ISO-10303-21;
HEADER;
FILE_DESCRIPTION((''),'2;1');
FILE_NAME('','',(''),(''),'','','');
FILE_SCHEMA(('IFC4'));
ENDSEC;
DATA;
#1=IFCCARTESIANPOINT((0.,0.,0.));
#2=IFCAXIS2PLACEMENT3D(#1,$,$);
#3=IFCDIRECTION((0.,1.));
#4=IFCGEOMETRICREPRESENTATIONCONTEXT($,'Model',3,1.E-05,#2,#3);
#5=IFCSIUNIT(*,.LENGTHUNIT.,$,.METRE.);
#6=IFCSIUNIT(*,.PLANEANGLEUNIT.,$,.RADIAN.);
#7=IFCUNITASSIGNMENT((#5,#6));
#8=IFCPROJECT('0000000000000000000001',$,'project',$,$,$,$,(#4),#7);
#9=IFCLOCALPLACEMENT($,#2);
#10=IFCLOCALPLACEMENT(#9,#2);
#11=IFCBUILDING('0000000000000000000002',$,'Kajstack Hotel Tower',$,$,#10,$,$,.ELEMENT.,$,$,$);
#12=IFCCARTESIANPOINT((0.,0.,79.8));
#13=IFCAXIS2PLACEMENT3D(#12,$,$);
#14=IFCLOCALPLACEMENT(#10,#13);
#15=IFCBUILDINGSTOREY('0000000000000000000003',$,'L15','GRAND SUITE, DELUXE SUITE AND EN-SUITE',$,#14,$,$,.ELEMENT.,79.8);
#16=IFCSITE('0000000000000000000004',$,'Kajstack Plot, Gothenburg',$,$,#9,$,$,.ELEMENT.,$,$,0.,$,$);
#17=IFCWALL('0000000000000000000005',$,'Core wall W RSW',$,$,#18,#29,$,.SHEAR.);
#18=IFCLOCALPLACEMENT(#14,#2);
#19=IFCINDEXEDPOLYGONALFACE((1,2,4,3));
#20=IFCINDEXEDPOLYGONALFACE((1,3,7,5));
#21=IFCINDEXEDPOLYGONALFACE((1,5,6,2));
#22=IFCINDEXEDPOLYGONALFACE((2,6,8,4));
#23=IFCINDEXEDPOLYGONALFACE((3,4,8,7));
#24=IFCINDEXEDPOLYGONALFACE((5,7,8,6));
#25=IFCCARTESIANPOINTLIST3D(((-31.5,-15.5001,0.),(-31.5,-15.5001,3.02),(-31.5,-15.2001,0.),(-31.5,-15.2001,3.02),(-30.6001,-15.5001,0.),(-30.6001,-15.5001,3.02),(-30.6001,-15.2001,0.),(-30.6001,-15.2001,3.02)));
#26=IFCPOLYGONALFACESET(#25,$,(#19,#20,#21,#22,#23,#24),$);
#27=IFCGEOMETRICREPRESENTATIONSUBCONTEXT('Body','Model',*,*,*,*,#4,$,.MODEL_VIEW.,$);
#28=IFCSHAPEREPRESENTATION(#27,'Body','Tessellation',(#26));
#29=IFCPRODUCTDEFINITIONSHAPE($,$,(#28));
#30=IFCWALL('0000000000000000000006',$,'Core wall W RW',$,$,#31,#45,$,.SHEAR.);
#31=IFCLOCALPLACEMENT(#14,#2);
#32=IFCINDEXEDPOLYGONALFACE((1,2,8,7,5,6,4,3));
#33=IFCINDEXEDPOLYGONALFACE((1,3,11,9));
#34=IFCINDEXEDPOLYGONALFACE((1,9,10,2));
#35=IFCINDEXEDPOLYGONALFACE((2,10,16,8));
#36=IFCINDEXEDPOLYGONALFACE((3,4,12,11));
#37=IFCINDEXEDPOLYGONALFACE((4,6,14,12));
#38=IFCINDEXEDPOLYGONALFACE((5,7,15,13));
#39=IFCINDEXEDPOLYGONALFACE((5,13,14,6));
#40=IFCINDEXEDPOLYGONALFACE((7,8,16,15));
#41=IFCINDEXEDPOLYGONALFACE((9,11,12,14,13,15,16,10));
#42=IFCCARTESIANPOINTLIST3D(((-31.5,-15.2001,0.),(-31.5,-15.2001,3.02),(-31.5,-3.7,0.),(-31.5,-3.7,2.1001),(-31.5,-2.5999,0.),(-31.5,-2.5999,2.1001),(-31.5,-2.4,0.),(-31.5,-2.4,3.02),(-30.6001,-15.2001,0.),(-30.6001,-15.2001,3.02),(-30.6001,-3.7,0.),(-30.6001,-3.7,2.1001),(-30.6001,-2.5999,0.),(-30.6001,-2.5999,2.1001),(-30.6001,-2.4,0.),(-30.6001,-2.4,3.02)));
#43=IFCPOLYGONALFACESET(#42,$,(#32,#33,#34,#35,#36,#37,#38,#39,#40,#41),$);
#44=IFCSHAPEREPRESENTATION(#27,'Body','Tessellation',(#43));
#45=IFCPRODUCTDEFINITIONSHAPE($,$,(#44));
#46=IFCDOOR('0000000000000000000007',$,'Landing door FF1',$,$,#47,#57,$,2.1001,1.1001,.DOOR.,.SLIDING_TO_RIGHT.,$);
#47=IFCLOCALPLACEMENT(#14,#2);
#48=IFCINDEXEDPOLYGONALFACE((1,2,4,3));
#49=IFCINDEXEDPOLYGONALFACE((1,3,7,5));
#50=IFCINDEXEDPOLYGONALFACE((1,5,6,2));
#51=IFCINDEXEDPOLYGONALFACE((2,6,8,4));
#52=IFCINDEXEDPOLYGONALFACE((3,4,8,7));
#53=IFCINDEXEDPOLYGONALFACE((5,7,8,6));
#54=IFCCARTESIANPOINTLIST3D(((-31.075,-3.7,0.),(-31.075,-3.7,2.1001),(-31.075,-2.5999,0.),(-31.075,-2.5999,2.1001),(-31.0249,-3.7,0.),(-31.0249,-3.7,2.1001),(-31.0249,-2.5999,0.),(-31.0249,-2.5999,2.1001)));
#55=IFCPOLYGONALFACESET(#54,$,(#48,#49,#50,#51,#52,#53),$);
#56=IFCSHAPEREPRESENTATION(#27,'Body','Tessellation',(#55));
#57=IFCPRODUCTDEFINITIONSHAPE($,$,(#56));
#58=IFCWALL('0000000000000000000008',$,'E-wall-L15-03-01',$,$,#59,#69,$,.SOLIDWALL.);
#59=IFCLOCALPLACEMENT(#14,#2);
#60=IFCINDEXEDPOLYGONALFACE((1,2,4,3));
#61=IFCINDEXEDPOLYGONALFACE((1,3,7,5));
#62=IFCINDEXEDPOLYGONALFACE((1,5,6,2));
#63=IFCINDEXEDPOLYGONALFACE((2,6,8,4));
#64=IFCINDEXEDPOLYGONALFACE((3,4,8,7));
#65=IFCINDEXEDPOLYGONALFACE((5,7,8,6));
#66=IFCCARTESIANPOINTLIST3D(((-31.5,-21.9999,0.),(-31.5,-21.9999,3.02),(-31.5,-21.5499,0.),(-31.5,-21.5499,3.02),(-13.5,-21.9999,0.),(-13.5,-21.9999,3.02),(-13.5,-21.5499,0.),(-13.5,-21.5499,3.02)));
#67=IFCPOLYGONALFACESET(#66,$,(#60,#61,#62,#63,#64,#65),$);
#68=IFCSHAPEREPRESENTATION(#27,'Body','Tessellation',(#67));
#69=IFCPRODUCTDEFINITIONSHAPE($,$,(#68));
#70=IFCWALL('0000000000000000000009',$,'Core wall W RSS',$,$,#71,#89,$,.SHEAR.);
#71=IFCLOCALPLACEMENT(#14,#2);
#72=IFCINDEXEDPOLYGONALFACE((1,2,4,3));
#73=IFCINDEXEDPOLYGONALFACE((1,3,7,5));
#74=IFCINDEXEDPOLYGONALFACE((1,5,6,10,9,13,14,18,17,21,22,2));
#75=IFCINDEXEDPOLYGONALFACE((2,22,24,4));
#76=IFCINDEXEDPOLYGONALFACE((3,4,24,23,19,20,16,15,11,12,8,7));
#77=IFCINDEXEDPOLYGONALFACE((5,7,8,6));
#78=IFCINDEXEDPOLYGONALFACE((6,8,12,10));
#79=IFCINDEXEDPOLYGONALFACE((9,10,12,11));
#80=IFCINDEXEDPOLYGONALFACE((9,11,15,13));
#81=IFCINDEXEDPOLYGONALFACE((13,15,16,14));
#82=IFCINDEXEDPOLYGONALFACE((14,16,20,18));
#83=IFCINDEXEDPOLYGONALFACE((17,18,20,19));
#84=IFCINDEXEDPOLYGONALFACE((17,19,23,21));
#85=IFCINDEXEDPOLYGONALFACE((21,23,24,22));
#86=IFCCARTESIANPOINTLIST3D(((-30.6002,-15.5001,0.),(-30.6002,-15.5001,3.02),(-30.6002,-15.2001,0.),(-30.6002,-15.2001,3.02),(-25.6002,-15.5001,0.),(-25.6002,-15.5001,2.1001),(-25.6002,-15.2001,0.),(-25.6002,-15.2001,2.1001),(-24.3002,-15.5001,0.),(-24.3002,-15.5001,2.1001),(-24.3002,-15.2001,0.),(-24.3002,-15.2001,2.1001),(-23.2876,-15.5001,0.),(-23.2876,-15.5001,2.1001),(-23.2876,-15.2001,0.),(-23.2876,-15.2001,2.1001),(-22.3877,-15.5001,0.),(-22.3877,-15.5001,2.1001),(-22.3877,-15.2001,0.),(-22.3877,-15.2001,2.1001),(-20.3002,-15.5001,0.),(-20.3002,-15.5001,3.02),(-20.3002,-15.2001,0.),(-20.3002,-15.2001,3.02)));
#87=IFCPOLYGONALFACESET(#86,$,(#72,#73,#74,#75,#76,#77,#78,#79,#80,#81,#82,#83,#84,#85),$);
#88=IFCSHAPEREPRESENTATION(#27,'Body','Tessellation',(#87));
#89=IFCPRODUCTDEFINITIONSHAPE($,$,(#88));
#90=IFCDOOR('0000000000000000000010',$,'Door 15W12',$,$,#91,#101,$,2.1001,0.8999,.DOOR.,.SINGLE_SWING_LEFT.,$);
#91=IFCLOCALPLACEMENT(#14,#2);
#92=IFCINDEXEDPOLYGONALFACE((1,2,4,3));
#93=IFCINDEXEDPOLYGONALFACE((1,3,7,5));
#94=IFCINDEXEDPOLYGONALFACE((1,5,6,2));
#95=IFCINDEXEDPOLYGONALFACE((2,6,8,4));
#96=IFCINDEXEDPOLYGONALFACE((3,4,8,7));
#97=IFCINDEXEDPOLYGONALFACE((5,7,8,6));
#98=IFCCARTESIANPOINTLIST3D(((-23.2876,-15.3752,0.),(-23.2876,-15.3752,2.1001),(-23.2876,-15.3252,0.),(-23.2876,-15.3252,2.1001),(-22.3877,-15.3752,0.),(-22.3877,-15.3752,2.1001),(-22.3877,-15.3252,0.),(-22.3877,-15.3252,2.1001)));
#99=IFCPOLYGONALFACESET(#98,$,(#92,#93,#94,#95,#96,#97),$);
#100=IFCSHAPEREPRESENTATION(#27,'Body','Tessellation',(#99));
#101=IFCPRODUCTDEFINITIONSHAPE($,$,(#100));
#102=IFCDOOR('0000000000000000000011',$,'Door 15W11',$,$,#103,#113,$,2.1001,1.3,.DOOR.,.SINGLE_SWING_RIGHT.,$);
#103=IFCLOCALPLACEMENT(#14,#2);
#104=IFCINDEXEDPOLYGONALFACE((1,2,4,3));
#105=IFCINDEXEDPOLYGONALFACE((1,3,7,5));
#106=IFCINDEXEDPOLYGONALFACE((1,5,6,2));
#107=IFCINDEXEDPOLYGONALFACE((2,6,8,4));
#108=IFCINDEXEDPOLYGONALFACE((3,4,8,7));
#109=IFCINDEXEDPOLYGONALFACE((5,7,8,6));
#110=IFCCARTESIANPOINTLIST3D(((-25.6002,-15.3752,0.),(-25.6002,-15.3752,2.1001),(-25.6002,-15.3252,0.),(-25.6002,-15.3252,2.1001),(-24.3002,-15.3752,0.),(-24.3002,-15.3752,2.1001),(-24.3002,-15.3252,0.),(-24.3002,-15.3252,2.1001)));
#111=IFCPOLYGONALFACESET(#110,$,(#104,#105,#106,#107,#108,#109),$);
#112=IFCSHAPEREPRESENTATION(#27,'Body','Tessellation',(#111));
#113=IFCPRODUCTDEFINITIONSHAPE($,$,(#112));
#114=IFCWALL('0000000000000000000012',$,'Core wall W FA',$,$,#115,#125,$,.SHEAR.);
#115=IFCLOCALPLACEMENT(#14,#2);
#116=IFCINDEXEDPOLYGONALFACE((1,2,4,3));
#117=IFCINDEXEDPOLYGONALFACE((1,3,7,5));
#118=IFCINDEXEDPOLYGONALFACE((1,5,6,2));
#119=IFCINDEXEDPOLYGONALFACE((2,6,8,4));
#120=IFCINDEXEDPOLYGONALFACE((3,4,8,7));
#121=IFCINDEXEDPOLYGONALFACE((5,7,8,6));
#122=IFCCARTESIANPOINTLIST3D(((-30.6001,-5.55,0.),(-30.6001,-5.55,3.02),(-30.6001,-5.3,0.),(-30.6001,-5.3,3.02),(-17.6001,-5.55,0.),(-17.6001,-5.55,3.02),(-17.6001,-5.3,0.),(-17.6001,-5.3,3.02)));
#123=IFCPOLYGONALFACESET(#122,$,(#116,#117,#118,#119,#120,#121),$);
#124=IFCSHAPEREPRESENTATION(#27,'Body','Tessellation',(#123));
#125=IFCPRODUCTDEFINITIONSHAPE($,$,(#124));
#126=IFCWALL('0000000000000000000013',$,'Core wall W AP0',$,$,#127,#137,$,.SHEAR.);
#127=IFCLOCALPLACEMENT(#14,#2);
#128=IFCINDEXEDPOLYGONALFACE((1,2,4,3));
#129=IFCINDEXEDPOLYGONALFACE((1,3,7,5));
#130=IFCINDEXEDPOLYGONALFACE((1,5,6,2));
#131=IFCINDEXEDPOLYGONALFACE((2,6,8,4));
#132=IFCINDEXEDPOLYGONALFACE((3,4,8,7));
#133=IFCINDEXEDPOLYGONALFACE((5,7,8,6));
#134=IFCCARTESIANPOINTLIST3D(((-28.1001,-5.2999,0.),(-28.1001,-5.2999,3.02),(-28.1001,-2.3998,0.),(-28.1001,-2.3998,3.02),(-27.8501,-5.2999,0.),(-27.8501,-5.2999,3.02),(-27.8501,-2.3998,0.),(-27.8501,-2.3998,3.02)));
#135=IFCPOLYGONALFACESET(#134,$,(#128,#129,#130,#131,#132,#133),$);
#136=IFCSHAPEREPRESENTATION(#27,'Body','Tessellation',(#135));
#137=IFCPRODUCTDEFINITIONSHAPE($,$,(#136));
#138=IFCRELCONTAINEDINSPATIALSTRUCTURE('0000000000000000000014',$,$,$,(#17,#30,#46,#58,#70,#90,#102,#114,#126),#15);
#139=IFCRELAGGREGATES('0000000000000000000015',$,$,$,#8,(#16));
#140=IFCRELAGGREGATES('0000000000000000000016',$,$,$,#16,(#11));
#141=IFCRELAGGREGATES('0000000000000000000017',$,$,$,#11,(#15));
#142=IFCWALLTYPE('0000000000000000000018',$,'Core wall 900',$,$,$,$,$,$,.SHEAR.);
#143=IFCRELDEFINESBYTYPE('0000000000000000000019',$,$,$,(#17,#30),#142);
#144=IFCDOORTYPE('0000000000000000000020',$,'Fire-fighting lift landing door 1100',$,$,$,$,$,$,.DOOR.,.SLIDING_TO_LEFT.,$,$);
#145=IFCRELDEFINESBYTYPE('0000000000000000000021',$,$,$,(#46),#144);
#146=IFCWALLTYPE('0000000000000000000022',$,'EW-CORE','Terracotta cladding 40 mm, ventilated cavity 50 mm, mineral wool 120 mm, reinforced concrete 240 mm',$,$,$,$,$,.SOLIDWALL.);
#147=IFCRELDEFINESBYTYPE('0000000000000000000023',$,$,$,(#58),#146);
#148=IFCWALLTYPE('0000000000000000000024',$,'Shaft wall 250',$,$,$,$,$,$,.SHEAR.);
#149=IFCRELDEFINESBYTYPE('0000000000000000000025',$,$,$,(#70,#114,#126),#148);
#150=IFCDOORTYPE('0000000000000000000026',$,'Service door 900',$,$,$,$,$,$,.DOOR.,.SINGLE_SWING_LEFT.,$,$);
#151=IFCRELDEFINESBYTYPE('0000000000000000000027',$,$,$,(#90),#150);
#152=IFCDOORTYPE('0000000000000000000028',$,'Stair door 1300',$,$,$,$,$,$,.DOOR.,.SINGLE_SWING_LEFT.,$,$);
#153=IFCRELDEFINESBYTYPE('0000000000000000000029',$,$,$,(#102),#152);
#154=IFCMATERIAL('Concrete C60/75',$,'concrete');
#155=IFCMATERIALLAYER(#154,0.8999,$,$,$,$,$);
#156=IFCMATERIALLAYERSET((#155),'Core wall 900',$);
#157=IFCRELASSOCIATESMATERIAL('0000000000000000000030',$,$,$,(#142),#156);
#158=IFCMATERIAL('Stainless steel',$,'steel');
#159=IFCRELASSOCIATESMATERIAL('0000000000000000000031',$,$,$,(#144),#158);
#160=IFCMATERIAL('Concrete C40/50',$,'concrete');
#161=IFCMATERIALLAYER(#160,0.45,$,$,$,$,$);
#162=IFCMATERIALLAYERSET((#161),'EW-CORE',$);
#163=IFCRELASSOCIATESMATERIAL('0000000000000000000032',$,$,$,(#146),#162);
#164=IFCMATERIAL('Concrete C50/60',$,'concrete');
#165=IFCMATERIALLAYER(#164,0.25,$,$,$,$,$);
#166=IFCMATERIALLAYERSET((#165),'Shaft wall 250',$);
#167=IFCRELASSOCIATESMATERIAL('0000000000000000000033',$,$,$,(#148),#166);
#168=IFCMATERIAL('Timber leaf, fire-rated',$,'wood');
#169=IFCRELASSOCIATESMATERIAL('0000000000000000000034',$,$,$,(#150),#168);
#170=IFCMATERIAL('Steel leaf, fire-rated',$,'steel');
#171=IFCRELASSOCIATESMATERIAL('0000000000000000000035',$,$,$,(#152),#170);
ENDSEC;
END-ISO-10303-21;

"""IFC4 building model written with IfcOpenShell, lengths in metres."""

from ifc_helpers import new_model, si_unit, direction, frame, frame_2d, origin, place, context, subcontext, project, spatial, rectangle, extrude, material, layer, layer_set, type_object, element, fill, save


model = new_model("IFC4")

# Units and contexts
model_context = context("Model", 3, precision=1e-05, world=origin(), true_north=direction((0.0, 1.0)))
body_context = subcontext(model_context, "Body", "Model", "MODEL_VIEW")
ifc_project = project(units=[si_unit("LENGTHUNIT", "METRE"), si_unit("PLANEANGLEUNIT", "RADIAN")], contexts=[model_context])

# Site, building, storey
site_placement = place(None, origin())
site = spatial("IfcSite", under=ifc_project, at=site_placement, Name="Kajstack Plot, Gothenburg", CompositionType="ELEMENT", RefElevation=0.0)
building_placement = place(site_placement, origin())
building = spatial("IfcBuilding", under=site, at=building_placement, Name="Kajstack Hotel Tower", CompositionType="ELEMENT")
storey_placement = place(building_placement, frame((0.0, 0.0, 79.8)))
storey = spatial("IfcBuildingStorey", under=building, at=storey_placement, Name="L15", Description="GRAND SUITE, DELUXE SUITE AND EN-SUITE", CompositionType="ELEMENT", Elevation=79.8)

# Wall
ifc_material_1 = material(Name="Concrete C60/75", Category="concrete")
ifc_layer_1 = layer(ifc_material_1, 0.8999)
ifc_layer_set_1 = layer_set([ifc_layer_1], Name="Core wall 900")
wall_type_1 = type_object("IfcWallType", Name="Core wall 900", PredefinedType="SHEAR", material=ifc_layer_set_1)
wall_1_placement = place(storey_placement, frame((-31.5, -15.3501, 0.0), z_axis=(0.0, 0.0, 1.0), x_axis=(1.0, 0.0, 0.0)))
element("IfcWall", 1, at=wall_1_placement, inside=storey, type_object=wall_type_1, Name="Core wall W RSW", PredefinedType="SHEAR", context=body_context, shape_type="SweptSolid", body=[
    extrude(rectangle(XDim=0.8999, YDim=0.3, at=frame_2d((0.45, 0.0))), origin(), (0.0, 0.0, 1.0), 3.02),
])

# Wall, opening, door
wall_2_placement = place(storey_placement, frame((-31.05, -15.2, 0.0), z_axis=(0.0, 0.0, 1.0), x_axis=(0.0, 1.0, 0.0)))
wall_2 = element("IfcWall", 2, at=wall_2_placement, inside=storey, type_object=wall_type_1, Name="Core wall W RW", PredefinedType="SHEAR", context=body_context, shape_type="SweptSolid", body=[
    extrude(rectangle(XDim=12.8, YDim=0.8999, at=frame_2d((6.3999, 0.0))), origin(), (0.0, 0.0, 1.0), 3.02),
])
opening_1_placement = place(wall_2_placement, frame((11.5, 0.0, 0.0)))
opening_1 = element("IfcOpeningElement", 3, at=opening_1_placement, cuts=wall_2, PredefinedType="OPENING", context=body_context, shape_type="SweptSolid", body=[
    extrude(rectangle(XDim=1.1001, YDim=2.1001, at=frame_2d((0.55, 1.05))), frame((0.0, 0.46, 0.0), z_axis=(0.0, -1.0, 0.0), x_axis=(1.0, 0.0, 0.0)), (0.0, 0.0, 1.0), 0.9199),
])
ifc_material_2 = material(Name="Stainless steel", Category="steel")
door_type_1 = type_object("IfcDoorType", Name="Fire-fighting lift landing door 1100", OperationType="SLIDING_TO_LEFT", PredefinedType="DOOR", material=ifc_material_2)
door_1_placement = place(opening_1_placement, origin())
door_1 = element("IfcDoor", 4, at=door_1_placement, inside=storey, type_object=door_type_1, Name="Landing door FF1", OperationType="SLIDING_TO_RIGHT", OverallHeight=2.1001, OverallWidth=1.1001, PredefinedType="DOOR", context=body_context, shape_type="SweptSolid", body=[
    extrude(rectangle(XDim=1.1001, YDim=2.1001, at=frame_2d((0.55, 1.05))), frame((0.0, 0.0249, 0.0), z_axis=(0.0, -1.0, 0.0), x_axis=(1.0, 0.0, 0.0)), (0.0, 0.0, 1.0), 0.05),
])
fill(opening_1, door_1)

# Wall
ifc_material_3 = material(Name="Concrete C40/50", Category="concrete")
ifc_layer_2 = layer(ifc_material_3, 0.45)
ifc_layer_set_2 = layer_set([ifc_layer_2], Name="EW-CORE")
wall_type_2 = type_object("IfcWallType", Name="EW-CORE", Description="Terracotta cladding 40 mm, ventilated cavity 50 mm, mineral wool 120 mm, reinforced concrete 240 mm", PredefinedType="SOLIDWALL", material=ifc_layer_set_2)
wall_3_placement = place(storey_placement, frame((-31.5, -21.7749, 0.0), z_axis=(0.0, 0.0, 1.0), x_axis=(1.0, 0.0, 0.0)))
element("IfcWall", 5, at=wall_3_placement, inside=storey, type_object=wall_type_2, Name="E-wall-L15-03-01", PredefinedType="SOLIDWALL", context=body_context, shape_type="SweptSolid", body=[
    extrude(rectangle(XDim=18.0, YDim=0.45, at=frame_2d((9.0, 0.0))), origin(), (0.0, 0.0, 1.0), 3.02),
])

# Wall, openings, doors
ifc_material_4 = material(Name="Concrete C50/60", Category="concrete")
ifc_layer_3 = layer(ifc_material_4, 0.25)
ifc_layer_set_3 = layer_set([ifc_layer_3], Name="Shaft wall 250")
wall_type_3 = type_object("IfcWallType", Name="Shaft wall 250", PredefinedType="SHEAR", material=ifc_layer_set_3)
wall_4_placement = place(storey_placement, frame((-30.6001, -15.3501, 0.0), z_axis=(0.0, 0.0, 1.0), x_axis=(1.0, 0.0, 0.0)))
wall_4 = element("IfcWall", 6, at=wall_4_placement, inside=storey, type_object=wall_type_3, Name="Core wall W RSS", PredefinedType="SHEAR", context=body_context, shape_type="SweptSolid", body=[
    extrude(rectangle(XDim=10.3, YDim=0.3, at=frame_2d((5.1499, 0.0))), origin(), (0.0, 0.0, 1.0), 3.02),
])
opening_2_placement = place(wall_4_placement, frame((5.0, 0.0, 0.0)))
opening_2 = element("IfcOpeningElement", 7, at=opening_2_placement, cuts=wall_4, PredefinedType="OPENING", context=body_context, shape_type="SweptSolid", body=[
    extrude(rectangle(XDim=1.3, YDim=2.1001, at=frame_2d((0.6499, 1.05))), frame((0.0, 0.1599, 0.0), z_axis=(0.0, -1.0, 0.0), x_axis=(1.0, 0.0, 0.0)), (0.0, 0.0, 1.0), 0.3201),
])
opening_3_placement = place(wall_4_placement, frame((7.3125, 0.0, 0.0)))
opening_3 = element("IfcOpeningElement", 8, at=opening_3_placement, cuts=wall_4, PredefinedType="OPENING", context=body_context, shape_type="SweptSolid", body=[
    extrude(rectangle(XDim=0.8999, YDim=2.1001, at=frame_2d((0.45, 1.05))), frame((0.0, 0.1599, 0.0), z_axis=(0.0, -1.0, 0.0), x_axis=(1.0, 0.0, 0.0)), (0.0, 0.0, 1.0), 0.3201),
])
ifc_material_5 = material(Name="Timber leaf, fire-rated", Category="wood")
door_type_2 = type_object("IfcDoorType", Name="Service door 900", OperationType="SINGLE_SWING_LEFT", PredefinedType="DOOR", material=ifc_material_5)
door_2_placement = place(opening_3_placement, origin())
door_2 = element("IfcDoor", 9, at=door_2_placement, inside=storey, type_object=door_type_2, Name="Door 15W12", OperationType="SINGLE_SWING_LEFT", OverallHeight=2.1001, OverallWidth=0.8999, PredefinedType="DOOR", context=body_context, shape_type="SweptSolid", body=[
    extrude(rectangle(XDim=0.8999, YDim=2.1001, at=frame_2d((0.45, 1.05))), frame((0.0, 0.0249, 0.0), z_axis=(0.0, -1.0, 0.0), x_axis=(1.0, 0.0, 0.0)), (0.0, 0.0, 1.0), 0.05),
])
fill(opening_3, door_2)
ifc_material_6 = material(Name="Steel leaf, fire-rated", Category="steel")
door_type_3 = type_object("IfcDoorType", Name="Stair door 1300", OperationType="SINGLE_SWING_LEFT", PredefinedType="DOOR", material=ifc_material_6)
door_3_placement = place(opening_2_placement, origin())
door_3 = element("IfcDoor", 10, at=door_3_placement, inside=storey, type_object=door_type_3, Name="Door 15W11", OperationType="SINGLE_SWING_RIGHT", OverallHeight=2.1001, OverallWidth=1.3, PredefinedType="DOOR", context=body_context, shape_type="SweptSolid", body=[
    extrude(rectangle(XDim=1.3, YDim=2.1001, at=frame_2d((0.6499, 1.05))), frame((0.0, 0.0249, 0.0), z_axis=(0.0, -1.0, 0.0), x_axis=(1.0, 0.0, 0.0)), (0.0, 0.0, 1.0), 0.05),
])
fill(opening_2, door_3)

# Walls
wall_5_placement = place(storey_placement, frame((-30.6001, -5.425, 0.0), z_axis=(0.0, 0.0, 1.0), x_axis=(1.0, 0.0, 0.0)))
element("IfcWall", 11, at=wall_5_placement, inside=storey, type_object=wall_type_3, Name="Core wall W FA", PredefinedType="SHEAR", context=body_context, shape_type="SweptSolid", body=[
    extrude(rectangle(XDim=13.0, YDim=0.25, at=frame_2d((6.5, 0.0))), origin(), (0.0, 0.0, 1.0), 3.02),
])
wall_6_placement = place(storey_placement, frame((-27.9751, -5.3, 0.0), z_axis=(0.0, 0.0, 1.0), x_axis=(0.0, 1.0, 0.0)))
element("IfcWall", 12, at=wall_6_placement, inside=storey, type_object=wall_type_3, Name="Core wall W AP0", PredefinedType="SHEAR", context=body_context, shape_type="SweptSolid", body=[
    extrude(rectangle(XDim=2.9001, YDim=0.25, at=frame_2d((1.4502, 0.0))), origin(), (0.0, 0.0, 1.0), 3.02),
])

save(model, "model.ifc")
